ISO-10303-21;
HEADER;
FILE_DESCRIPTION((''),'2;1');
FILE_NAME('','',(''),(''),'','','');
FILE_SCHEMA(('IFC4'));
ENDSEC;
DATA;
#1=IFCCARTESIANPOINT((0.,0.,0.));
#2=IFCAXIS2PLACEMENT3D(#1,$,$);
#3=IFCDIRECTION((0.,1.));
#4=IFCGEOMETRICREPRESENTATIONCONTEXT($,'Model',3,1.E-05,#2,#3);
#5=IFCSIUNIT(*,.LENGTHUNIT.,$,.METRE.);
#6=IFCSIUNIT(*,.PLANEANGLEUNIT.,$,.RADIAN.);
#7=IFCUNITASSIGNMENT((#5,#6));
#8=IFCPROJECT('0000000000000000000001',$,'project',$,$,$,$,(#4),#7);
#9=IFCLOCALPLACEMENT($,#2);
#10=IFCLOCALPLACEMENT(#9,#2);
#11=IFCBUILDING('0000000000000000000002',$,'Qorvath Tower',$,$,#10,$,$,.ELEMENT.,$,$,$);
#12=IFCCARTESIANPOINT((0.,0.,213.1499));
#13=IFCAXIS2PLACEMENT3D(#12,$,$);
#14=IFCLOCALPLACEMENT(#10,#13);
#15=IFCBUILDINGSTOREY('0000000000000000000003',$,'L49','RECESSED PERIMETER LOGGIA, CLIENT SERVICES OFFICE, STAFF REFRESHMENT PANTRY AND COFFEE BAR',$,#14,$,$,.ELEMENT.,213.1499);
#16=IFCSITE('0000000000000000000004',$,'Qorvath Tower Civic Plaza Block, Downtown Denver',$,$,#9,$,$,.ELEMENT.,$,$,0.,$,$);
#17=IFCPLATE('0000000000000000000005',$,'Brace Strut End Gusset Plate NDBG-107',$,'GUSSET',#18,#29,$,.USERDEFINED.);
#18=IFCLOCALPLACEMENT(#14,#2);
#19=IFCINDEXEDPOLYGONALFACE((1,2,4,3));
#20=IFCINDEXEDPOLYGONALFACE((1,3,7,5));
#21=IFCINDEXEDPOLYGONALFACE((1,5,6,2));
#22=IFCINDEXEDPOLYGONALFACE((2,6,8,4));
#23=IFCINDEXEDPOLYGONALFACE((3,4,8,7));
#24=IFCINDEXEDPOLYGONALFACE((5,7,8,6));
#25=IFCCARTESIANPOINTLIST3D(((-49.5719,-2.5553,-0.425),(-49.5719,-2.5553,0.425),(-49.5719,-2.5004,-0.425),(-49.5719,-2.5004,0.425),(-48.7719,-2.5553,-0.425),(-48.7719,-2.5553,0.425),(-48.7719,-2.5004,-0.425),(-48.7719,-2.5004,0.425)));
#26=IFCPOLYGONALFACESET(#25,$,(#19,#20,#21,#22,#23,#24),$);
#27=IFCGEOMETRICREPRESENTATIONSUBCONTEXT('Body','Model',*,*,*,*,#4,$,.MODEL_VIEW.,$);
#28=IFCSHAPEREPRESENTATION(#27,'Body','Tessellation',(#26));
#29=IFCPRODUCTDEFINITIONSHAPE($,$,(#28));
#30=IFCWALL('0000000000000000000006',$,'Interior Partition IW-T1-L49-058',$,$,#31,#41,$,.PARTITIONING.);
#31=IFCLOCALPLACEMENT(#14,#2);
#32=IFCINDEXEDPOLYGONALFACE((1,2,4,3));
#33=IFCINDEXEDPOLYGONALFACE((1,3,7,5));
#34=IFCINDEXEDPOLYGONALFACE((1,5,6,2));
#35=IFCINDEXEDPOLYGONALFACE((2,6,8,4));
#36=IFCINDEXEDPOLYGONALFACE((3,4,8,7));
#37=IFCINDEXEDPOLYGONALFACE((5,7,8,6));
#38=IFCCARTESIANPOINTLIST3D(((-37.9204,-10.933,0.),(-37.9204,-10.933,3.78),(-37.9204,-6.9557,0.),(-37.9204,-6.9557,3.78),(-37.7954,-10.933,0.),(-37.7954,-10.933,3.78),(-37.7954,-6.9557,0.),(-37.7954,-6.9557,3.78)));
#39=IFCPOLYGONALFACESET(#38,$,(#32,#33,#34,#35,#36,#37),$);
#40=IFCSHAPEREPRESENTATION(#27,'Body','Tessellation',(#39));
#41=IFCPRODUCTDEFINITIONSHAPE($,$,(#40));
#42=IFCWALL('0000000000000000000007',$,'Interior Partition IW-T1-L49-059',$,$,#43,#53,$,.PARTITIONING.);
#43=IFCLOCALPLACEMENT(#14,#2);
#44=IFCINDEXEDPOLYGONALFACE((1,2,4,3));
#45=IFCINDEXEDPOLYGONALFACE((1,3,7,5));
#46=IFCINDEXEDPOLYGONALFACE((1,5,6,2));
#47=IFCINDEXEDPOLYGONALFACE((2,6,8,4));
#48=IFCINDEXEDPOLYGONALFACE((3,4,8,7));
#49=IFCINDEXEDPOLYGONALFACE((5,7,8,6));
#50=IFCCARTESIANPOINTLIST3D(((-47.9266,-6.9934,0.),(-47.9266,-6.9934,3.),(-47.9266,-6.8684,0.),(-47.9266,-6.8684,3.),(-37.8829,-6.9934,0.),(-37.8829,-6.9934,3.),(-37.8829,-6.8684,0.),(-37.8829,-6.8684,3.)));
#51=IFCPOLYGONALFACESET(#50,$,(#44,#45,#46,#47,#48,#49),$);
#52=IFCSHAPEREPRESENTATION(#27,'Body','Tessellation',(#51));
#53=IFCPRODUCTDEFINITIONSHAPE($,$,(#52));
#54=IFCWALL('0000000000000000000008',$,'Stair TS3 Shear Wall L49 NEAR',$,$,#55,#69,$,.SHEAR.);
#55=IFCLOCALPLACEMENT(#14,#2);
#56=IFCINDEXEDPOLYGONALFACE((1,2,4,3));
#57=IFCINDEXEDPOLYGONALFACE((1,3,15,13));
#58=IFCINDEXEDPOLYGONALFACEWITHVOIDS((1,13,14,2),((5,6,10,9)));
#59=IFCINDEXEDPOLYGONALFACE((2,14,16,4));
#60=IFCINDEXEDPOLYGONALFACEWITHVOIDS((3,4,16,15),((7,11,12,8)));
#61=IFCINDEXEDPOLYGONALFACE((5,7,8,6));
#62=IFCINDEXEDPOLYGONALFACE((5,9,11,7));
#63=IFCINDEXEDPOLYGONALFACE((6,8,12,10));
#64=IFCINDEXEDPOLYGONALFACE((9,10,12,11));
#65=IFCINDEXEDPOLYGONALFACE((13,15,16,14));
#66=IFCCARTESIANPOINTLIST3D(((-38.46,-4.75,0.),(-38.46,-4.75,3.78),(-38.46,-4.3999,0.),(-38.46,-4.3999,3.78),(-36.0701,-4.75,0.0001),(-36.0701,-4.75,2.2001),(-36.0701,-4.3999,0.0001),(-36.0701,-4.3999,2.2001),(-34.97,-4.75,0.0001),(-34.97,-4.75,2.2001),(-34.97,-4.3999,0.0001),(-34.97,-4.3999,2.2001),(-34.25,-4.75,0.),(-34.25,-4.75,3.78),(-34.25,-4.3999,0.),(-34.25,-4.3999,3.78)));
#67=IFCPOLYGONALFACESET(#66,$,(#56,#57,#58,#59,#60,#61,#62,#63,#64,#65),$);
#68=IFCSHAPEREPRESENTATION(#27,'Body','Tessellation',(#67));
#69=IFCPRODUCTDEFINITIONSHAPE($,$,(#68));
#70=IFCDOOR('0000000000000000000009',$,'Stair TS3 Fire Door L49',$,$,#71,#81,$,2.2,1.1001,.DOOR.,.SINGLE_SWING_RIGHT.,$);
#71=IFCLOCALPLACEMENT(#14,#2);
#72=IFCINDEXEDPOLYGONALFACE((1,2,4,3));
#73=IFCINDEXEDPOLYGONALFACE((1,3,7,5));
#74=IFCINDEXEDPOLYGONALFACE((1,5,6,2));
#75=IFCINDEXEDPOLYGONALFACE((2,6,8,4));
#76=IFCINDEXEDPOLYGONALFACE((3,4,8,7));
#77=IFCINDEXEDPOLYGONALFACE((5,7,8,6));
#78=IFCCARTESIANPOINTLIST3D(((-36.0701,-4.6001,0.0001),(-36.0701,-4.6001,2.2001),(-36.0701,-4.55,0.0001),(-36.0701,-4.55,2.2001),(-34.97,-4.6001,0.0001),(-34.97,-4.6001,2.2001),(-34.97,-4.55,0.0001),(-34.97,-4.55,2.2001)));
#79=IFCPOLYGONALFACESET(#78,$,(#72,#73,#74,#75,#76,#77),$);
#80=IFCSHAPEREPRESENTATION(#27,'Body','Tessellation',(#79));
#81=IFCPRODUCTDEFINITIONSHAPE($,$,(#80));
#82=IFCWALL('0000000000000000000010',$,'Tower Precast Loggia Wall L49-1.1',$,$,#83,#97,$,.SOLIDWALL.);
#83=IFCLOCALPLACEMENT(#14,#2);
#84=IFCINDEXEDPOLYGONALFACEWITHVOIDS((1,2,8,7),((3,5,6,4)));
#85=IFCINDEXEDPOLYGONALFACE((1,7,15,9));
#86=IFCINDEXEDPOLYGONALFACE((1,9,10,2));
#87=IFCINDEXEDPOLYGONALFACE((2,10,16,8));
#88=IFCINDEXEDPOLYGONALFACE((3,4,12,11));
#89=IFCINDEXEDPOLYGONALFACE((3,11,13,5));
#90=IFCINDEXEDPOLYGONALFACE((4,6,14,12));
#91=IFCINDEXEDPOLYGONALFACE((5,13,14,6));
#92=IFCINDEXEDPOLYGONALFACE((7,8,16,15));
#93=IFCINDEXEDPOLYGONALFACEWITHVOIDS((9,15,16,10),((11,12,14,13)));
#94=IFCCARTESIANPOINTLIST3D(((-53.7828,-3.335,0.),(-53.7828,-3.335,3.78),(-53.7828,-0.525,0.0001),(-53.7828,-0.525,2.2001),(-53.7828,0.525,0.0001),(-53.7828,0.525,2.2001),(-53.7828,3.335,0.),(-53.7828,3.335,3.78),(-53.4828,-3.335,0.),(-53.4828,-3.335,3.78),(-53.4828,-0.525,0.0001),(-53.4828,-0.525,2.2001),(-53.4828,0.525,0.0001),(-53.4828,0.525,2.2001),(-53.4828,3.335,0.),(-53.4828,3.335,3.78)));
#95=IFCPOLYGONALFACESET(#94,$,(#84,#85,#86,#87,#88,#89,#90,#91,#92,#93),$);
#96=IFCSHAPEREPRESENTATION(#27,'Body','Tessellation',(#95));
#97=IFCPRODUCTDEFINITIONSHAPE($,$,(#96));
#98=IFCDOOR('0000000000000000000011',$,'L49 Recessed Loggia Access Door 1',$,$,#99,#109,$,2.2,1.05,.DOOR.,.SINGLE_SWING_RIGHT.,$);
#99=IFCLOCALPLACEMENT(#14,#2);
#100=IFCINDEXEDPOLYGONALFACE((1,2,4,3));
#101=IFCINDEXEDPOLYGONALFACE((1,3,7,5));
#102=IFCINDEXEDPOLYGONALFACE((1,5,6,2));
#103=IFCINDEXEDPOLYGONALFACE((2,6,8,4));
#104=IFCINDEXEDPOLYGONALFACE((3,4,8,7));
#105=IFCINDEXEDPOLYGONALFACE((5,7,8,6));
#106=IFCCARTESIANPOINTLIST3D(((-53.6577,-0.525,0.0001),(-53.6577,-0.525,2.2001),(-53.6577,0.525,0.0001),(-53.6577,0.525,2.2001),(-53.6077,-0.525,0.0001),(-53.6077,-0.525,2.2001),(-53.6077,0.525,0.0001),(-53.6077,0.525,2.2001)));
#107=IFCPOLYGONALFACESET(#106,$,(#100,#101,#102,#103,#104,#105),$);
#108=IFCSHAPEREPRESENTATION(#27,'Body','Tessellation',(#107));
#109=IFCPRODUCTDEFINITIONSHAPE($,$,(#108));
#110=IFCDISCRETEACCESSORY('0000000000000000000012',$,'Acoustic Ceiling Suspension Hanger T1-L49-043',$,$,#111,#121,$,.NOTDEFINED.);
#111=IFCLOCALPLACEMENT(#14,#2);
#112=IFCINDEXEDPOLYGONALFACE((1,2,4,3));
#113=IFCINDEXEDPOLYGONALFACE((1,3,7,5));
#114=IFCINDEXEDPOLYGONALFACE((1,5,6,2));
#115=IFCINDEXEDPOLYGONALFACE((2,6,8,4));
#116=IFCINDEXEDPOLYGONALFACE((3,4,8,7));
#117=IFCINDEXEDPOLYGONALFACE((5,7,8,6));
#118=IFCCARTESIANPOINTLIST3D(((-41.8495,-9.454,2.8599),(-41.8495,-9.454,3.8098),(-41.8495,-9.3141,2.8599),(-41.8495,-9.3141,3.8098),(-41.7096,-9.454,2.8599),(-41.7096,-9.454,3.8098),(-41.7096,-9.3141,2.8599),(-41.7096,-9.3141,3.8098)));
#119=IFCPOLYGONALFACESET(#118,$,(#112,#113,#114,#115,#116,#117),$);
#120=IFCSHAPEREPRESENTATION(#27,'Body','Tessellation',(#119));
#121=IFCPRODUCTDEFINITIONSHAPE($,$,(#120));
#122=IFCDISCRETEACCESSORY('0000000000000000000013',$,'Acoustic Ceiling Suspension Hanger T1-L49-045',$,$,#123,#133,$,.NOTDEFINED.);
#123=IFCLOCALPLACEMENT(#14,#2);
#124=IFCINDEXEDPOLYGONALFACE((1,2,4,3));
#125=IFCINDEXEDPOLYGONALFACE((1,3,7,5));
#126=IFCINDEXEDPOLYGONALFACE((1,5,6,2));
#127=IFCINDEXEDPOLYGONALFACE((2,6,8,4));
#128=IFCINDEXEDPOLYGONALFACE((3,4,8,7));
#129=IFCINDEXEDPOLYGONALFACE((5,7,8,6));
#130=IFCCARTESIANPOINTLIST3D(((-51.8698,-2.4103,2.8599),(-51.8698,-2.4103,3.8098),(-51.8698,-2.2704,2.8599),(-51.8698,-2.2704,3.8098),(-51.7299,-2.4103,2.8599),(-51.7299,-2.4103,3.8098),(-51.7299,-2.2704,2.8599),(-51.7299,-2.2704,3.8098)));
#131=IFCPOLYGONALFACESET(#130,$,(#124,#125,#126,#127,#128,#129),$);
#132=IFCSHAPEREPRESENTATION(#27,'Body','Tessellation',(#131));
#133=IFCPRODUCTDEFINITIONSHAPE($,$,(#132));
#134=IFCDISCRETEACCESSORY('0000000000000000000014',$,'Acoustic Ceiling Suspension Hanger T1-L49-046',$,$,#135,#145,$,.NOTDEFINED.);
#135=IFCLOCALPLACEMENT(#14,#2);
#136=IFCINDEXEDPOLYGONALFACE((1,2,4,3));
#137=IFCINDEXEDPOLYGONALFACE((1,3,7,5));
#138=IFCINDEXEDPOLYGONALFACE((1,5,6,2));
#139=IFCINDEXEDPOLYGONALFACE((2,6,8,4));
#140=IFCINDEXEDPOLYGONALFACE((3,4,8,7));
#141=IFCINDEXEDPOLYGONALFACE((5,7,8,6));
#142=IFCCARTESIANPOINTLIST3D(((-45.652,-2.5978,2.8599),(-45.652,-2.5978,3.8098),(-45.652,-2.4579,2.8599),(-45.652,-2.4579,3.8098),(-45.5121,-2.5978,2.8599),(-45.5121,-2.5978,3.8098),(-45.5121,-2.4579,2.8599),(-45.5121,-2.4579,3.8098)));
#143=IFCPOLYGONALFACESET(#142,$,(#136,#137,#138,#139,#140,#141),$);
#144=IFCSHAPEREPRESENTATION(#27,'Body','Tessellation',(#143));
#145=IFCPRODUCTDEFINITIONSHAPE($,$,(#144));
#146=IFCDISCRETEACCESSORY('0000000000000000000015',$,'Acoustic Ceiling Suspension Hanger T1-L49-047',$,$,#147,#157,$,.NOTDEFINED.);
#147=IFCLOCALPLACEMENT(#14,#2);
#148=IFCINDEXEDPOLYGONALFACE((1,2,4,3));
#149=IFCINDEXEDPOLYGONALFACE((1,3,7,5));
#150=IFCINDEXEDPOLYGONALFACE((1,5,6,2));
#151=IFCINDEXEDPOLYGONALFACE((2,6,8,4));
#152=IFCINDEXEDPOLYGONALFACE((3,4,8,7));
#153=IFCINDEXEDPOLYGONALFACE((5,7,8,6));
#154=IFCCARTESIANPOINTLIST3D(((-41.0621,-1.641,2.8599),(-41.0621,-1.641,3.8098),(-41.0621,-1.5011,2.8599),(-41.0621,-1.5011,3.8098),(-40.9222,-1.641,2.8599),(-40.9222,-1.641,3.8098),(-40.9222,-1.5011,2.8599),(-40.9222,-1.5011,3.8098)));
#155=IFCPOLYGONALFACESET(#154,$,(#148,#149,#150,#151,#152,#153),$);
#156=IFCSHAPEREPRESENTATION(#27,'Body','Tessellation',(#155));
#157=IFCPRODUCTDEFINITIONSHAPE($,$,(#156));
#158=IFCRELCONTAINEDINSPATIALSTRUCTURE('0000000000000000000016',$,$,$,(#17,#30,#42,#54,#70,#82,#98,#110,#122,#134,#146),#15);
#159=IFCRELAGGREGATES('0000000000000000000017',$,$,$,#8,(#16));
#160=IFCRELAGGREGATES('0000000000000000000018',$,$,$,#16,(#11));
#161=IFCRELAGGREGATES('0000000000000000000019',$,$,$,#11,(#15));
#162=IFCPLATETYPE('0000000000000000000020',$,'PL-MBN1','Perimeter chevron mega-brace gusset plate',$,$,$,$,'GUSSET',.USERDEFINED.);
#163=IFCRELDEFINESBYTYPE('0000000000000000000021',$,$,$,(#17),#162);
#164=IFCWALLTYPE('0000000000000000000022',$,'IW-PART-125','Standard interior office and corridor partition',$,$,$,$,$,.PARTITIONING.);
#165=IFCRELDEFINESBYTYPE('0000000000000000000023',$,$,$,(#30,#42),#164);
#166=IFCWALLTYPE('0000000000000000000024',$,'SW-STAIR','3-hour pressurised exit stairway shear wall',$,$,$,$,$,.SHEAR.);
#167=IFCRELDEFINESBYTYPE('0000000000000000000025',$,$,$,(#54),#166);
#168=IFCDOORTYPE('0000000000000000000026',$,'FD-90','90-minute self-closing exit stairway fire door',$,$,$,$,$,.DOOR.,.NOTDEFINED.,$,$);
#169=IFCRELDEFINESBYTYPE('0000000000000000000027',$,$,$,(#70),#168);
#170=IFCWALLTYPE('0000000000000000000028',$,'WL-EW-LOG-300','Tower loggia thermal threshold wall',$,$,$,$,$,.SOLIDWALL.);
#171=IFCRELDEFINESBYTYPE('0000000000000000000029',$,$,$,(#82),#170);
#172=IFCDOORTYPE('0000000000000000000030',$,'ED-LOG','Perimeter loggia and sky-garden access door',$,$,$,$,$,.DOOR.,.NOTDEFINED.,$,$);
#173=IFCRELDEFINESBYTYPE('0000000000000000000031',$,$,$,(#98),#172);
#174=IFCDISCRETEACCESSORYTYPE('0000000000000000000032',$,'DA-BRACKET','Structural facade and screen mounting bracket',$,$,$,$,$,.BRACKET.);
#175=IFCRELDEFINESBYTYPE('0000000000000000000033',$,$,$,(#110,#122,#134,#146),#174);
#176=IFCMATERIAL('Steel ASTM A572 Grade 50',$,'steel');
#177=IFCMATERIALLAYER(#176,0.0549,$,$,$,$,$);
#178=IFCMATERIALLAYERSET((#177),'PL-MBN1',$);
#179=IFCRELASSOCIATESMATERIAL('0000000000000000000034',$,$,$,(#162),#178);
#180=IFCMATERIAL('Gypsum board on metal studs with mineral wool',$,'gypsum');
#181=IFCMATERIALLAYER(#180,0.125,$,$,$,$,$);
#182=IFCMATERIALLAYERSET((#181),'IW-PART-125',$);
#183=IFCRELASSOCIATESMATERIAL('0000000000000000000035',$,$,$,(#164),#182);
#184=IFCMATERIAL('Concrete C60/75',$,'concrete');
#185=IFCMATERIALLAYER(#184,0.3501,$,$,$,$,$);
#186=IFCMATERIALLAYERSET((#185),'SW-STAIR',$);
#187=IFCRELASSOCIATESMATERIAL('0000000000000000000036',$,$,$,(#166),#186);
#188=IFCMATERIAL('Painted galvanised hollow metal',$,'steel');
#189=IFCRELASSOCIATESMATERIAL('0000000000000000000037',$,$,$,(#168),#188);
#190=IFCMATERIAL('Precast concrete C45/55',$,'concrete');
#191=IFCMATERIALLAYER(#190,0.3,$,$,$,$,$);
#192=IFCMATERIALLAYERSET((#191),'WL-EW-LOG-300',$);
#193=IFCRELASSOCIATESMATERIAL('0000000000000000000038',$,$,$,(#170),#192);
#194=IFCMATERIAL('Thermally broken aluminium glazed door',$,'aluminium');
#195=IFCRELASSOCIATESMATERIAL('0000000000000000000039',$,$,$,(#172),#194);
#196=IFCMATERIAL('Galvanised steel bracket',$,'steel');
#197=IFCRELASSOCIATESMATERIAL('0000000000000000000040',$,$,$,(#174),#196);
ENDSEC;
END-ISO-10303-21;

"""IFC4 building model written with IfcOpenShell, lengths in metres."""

from ifc_helpers import new_model, si_unit, direction, frame, frame_2d, origin, origin_2d, place, context, subcontext, project, spatial, rectangle, extrude, material, layer, layer_set, type_object, element, fill, save


model = new_model("IFC4")

# Units and contexts
model_context = context("Model", 3, precision=1e-05, world=origin(), true_north=direction((0.0, 1.0)))
body_context = subcontext(model_context, "Body", "Model", "MODEL_VIEW")
ifc_project = project(units=[si_unit("LENGTHUNIT", "METRE"), si_unit("PLANEANGLEUNIT", "RADIAN")], contexts=[model_context])

# Site, building, storey
site_placement = place(None, origin())
site = spatial("IfcSite", under=ifc_project, at=site_placement, Name="Qorvath Tower Civic Plaza Block, Downtown Denver", CompositionType="ELEMENT", RefElevation=0.0)
building_placement = place(site_placement, origin())
building = spatial("IfcBuilding", under=site, at=building_placement, Name="Qorvath Tower", CompositionType="ELEMENT")
storey_placement = place(building_placement, frame((0.0, 0.0, 213.1499)))
storey = spatial("IfcBuildingStorey", under=building, at=storey_placement, Name="L49", Description="RECESSED PERIMETER LOGGIA, CLIENT SERVICES OFFICE, STAFF REFRESHMENT PANTRY AND COFFEE BAR", CompositionType="ELEMENT", Elevation=213.1499)

# Plate
ifc_material_1 = material(Name="Steel ASTM A572 Grade 50", Category="steel")
ifc_layer_1 = layer(ifc_material_1, 0.0549)
ifc_layer_set_1 = layer_set([ifc_layer_1], Name="PL-MBN1")
plate_type_1 = type_object("IfcPlateType", Name="PL-MBN1", Description="Perimeter chevron mega-brace gusset plate", ElementType="GUSSET", PredefinedType="USERDEFINED", material=ifc_layer_set_1)
plate_1_placement = place(storey_placement, frame((-49.1719, -2.5278, -0.425), z_axis=(0.0, 0.0, 1.0), x_axis=(1.0, 0.0, 0.0)))
element("IfcPlate", 1, at=plate_1_placement, inside=storey, type_object=plate_type_1, Name="Brace Strut End Gusset Plate NDBG-107", ObjectType="GUSSET", PredefinedType="USERDEFINED", context=body_context, shape_type="SweptSolid", body=[
    extrude(rectangle(XDim=0.8, YDim=0.0549, at=origin_2d()), origin(), (0.0, 0.0, 1.0), 0.8501),
])

# Walls
ifc_material_2 = material(Name="Gypsum board on metal studs with mineral wool", Category="gypsum")
ifc_layer_2 = layer(ifc_material_2, 0.125)
ifc_layer_set_2 = layer_set([ifc_layer_2], Name="IW-PART-125")
wall_type_1 = type_object("IfcWallType", Name="IW-PART-125", Description="Standard interior office and corridor partition", PredefinedType="PARTITIONING", material=ifc_layer_set_2)
wall_1_placement = place(storey_placement, frame((-37.8579, -10.9331, 0.0), z_axis=(0.0, 0.0, 1.0), x_axis=(0.0, 1.0, 0.0)))
element("IfcWall", 2, at=wall_1_placement, inside=storey, type_object=wall_type_1, Name="Interior Partition IW-T1-L49-058", PredefinedType="PARTITIONING", context=body_context, shape_type="SweptSolid", body=[
    extrude(rectangle(XDim=3.9773, YDim=0.125, at=frame_2d((1.9888, 0.0))), origin(), (0.0, 0.0, 1.0), 3.78),
])
wall_2_placement = place(storey_placement, frame((-37.8828, -6.9309, 0.0), z_axis=(0.0, 0.0, 1.0), x_axis=(-1.0, 0.0, 0.0)))
element("IfcWall", 3, at=wall_2_placement, inside=storey, type_object=wall_type_1, Name="Interior Partition IW-T1-L49-059", PredefinedType="PARTITIONING", context=body_context, shape_type="SweptSolid", body=[
    extrude(rectangle(XDim=10.0437, YDim=0.125, at=frame_2d((5.022, 0.0))), origin(), (0.0, 0.0, 1.0), 3.0),
])

# Walls, openings, doors
ifc_material_3 = material(Name="Concrete C60/75", Category="concrete")
ifc_layer_3 = layer(ifc_material_3, 0.3501)
ifc_layer_set_3 = layer_set([ifc_layer_3], Name="SW-STAIR")
wall_type_2 = type_object("IfcWallType", Name="SW-STAIR", Description="3-hour pressurised exit stairway shear wall", PredefinedType="SHEAR", material=ifc_layer_set_3)
wall_3_placement = place(storey_placement, frame((-38.46, -4.575, 0.0), z_axis=(0.0, 0.0, 1.0), x_axis=(1.0, 0.0, 0.0)))
wall_3 = element("IfcWall", 4, at=wall_3_placement, inside=storey, type_object=wall_type_2, Name="Stair TS3 Shear Wall L49 NEAR", PredefinedType="SHEAR", context=body_context, shape_type="SweptSolid", body=[
    extrude(rectangle(XDim=4.21, YDim=0.3501, at=frame_2d((2.105, 0.0))), origin(), (0.0, 0.0, 1.0), 3.78),
])
opening_1_placement = place(wall_3_placement, frame((2.3899, 0.0, 0.0)))
opening_1 = element("IfcOpeningElement", 5, at=opening_1_placement, cuts=wall_3, PredefinedType="OPENING", context=body_context, shape_type="SweptSolid", body=[
    extrude(rectangle(XDim=1.1001, YDim=2.2, at=frame_2d((0.55, 1.1001))), frame((0.0, 0.1851, 0.0), z_axis=(0.0, -1.0, 0.0), x_axis=(1.0, 0.0, 0.0)), (0.0, 0.0, 1.0), 0.3701),
])
ifc_material_4 = material(Name="Painted galvanised hollow metal", Category="steel")
door_type_1 = type_object("IfcDoorType", Name="FD-90", Description="90-minute self-closing exit stairway fire door", OperationType="NOTDEFINED", PredefinedType="DOOR", material=ifc_material_4)
door_1_placement = place(opening_1_placement, origin())
door_1 = element("IfcDoor", 6, at=door_1_placement, inside=storey, type_object=door_type_1, Name="Stair TS3 Fire Door L49", OperationType="SINGLE_SWING_RIGHT", OverallHeight=2.2, OverallWidth=1.1001, PredefinedType="DOOR", context=body_context, shape_type="SweptSolid", body=[
    extrude(rectangle(XDim=1.1001, YDim=2.2, at=frame_2d((0.55, 1.1001))), frame((0.0, 0.0249, 0.0), z_axis=(0.0, -1.0, 0.0), x_axis=(1.0, 0.0, 0.0)), (0.0, 0.0, 1.0), 0.05),
])
fill(opening_1, door_1)
ifc_material_5 = material(Name="Precast concrete C45/55", Category="concrete")
ifc_layer_4 = layer(ifc_material_5, 0.3)
ifc_layer_set_4 = layer_set([ifc_layer_4], Name="WL-EW-LOG-300")
wall_type_3 = type_object("IfcWallType", Name="WL-EW-LOG-300", Description="Tower loggia thermal threshold wall", PredefinedType="SOLIDWALL", material=ifc_layer_set_4)
wall_4_placement = place(storey_placement, frame((-53.6328, -3.335, 0.0), z_axis=(0.0, 0.0, 1.0), x_axis=(0.0, 1.0, 0.0)))
wall_4 = element("IfcWall", 7, at=wall_4_placement, inside=storey, type_object=wall_type_3, Name="Tower Precast Loggia Wall L49-1.1", PredefinedType="SOLIDWALL", context=body_context, shape_type="SweptSolid", body=[
    extrude(rectangle(XDim=6.6699, YDim=0.3, at=frame_2d((3.335, 0.0))), origin(), (0.0, 0.0, 1.0), 3.78),
])
opening_2_placement = place(wall_4_placement, frame((2.8101, 0.0, 0.0)))
opening_2 = element("IfcOpeningElement", 8, at=opening_2_placement, cuts=wall_4, PredefinedType="OPENING", context=body_context, shape_type="SweptSolid", body=[
    extrude(rectangle(XDim=1.05, YDim=2.2, at=frame_2d((0.5249, 1.1001))), frame((0.0, 0.1602, 0.0), z_axis=(0.0, -1.0, 0.0), x_axis=(1.0, 0.0, 0.0)), (0.0, 0.0, 1.0), 0.3201),
])
ifc_material_6 = material(Name="Thermally broken aluminium glazed door", Category="aluminium")
door_type_2 = type_object("IfcDoorType", Name="ED-LOG", Description="Perimeter loggia and sky-garden access door", OperationType="NOTDEFINED", PredefinedType="DOOR", material=ifc_material_6)
door_2_placement = place(opening_2_placement, origin())
door_2 = element("IfcDoor", 9, at=door_2_placement, inside=storey, type_object=door_type_2, Name="L49 Recessed Loggia Access Door 1", OperationType="SINGLE_SWING_RIGHT", OverallHeight=2.2, OverallWidth=1.05, PredefinedType="DOOR", context=body_context, shape_type="SweptSolid", body=[
    extrude(rectangle(XDim=1.05, YDim=2.2, at=frame_2d((0.5249, 1.1001))), frame((0.0, 0.0249, 0.0), z_axis=(0.0, -1.0, 0.0), x_axis=(1.0, 0.0, 0.0)), (0.0, 0.0, 1.0), 0.05),
])
fill(opening_2, door_2)

# Discrete accessories
ifc_material_7 = material(Name="Galvanised steel bracket", Category="steel")
discrete_accessory_type = type_object("IfcDiscreteAccessoryType", Name="DA-BRACKET", Description="Structural facade and screen mounting bracket", PredefinedType="BRACKET", material=ifc_material_7)
for number, where, z_axis, x_axis, name in (
    (10, (-41.7795, -9.384, 2.8599), (0.0, 0.0, 1.0), (1.0, 0.0, 0.0), "Acoustic Ceiling Suspension Hanger T1-L49-043"),
    (11, (-51.7998, -2.3403, 2.8599), (0.0, 0.0, 1.0), (1.0, 0.0, 0.0), "Acoustic Ceiling Suspension Hanger T1-L49-045"),
    (12, (-45.582, -2.5278, 2.8599), (0.0, 0.0, 1.0), (1.0, 0.0, 0.0), "Acoustic Ceiling Suspension Hanger T1-L49-046"),
    (13, (-40.9922, -1.571, 2.8599), (0.0, 0.0, 1.0), (1.0, 0.0, 0.0), "Acoustic Ceiling Suspension Hanger T1-L49-047"),
):
    element("IfcDiscreteAccessory", number, at=place(storey_placement, frame(where, z_axis=z_axis, x_axis=x_axis)), inside=storey, type_object=discrete_accessory_type, Name=name, PredefinedType="NOTDEFINED", context=body_context, shape_type="SweptSolid", body=[
        extrude(rectangle(XDim=0.1399, YDim=0.1399, at=origin_2d()), origin(), (0.0, 0.0, 1.0), 0.95),
    ])

save(model, "model.ifc")
